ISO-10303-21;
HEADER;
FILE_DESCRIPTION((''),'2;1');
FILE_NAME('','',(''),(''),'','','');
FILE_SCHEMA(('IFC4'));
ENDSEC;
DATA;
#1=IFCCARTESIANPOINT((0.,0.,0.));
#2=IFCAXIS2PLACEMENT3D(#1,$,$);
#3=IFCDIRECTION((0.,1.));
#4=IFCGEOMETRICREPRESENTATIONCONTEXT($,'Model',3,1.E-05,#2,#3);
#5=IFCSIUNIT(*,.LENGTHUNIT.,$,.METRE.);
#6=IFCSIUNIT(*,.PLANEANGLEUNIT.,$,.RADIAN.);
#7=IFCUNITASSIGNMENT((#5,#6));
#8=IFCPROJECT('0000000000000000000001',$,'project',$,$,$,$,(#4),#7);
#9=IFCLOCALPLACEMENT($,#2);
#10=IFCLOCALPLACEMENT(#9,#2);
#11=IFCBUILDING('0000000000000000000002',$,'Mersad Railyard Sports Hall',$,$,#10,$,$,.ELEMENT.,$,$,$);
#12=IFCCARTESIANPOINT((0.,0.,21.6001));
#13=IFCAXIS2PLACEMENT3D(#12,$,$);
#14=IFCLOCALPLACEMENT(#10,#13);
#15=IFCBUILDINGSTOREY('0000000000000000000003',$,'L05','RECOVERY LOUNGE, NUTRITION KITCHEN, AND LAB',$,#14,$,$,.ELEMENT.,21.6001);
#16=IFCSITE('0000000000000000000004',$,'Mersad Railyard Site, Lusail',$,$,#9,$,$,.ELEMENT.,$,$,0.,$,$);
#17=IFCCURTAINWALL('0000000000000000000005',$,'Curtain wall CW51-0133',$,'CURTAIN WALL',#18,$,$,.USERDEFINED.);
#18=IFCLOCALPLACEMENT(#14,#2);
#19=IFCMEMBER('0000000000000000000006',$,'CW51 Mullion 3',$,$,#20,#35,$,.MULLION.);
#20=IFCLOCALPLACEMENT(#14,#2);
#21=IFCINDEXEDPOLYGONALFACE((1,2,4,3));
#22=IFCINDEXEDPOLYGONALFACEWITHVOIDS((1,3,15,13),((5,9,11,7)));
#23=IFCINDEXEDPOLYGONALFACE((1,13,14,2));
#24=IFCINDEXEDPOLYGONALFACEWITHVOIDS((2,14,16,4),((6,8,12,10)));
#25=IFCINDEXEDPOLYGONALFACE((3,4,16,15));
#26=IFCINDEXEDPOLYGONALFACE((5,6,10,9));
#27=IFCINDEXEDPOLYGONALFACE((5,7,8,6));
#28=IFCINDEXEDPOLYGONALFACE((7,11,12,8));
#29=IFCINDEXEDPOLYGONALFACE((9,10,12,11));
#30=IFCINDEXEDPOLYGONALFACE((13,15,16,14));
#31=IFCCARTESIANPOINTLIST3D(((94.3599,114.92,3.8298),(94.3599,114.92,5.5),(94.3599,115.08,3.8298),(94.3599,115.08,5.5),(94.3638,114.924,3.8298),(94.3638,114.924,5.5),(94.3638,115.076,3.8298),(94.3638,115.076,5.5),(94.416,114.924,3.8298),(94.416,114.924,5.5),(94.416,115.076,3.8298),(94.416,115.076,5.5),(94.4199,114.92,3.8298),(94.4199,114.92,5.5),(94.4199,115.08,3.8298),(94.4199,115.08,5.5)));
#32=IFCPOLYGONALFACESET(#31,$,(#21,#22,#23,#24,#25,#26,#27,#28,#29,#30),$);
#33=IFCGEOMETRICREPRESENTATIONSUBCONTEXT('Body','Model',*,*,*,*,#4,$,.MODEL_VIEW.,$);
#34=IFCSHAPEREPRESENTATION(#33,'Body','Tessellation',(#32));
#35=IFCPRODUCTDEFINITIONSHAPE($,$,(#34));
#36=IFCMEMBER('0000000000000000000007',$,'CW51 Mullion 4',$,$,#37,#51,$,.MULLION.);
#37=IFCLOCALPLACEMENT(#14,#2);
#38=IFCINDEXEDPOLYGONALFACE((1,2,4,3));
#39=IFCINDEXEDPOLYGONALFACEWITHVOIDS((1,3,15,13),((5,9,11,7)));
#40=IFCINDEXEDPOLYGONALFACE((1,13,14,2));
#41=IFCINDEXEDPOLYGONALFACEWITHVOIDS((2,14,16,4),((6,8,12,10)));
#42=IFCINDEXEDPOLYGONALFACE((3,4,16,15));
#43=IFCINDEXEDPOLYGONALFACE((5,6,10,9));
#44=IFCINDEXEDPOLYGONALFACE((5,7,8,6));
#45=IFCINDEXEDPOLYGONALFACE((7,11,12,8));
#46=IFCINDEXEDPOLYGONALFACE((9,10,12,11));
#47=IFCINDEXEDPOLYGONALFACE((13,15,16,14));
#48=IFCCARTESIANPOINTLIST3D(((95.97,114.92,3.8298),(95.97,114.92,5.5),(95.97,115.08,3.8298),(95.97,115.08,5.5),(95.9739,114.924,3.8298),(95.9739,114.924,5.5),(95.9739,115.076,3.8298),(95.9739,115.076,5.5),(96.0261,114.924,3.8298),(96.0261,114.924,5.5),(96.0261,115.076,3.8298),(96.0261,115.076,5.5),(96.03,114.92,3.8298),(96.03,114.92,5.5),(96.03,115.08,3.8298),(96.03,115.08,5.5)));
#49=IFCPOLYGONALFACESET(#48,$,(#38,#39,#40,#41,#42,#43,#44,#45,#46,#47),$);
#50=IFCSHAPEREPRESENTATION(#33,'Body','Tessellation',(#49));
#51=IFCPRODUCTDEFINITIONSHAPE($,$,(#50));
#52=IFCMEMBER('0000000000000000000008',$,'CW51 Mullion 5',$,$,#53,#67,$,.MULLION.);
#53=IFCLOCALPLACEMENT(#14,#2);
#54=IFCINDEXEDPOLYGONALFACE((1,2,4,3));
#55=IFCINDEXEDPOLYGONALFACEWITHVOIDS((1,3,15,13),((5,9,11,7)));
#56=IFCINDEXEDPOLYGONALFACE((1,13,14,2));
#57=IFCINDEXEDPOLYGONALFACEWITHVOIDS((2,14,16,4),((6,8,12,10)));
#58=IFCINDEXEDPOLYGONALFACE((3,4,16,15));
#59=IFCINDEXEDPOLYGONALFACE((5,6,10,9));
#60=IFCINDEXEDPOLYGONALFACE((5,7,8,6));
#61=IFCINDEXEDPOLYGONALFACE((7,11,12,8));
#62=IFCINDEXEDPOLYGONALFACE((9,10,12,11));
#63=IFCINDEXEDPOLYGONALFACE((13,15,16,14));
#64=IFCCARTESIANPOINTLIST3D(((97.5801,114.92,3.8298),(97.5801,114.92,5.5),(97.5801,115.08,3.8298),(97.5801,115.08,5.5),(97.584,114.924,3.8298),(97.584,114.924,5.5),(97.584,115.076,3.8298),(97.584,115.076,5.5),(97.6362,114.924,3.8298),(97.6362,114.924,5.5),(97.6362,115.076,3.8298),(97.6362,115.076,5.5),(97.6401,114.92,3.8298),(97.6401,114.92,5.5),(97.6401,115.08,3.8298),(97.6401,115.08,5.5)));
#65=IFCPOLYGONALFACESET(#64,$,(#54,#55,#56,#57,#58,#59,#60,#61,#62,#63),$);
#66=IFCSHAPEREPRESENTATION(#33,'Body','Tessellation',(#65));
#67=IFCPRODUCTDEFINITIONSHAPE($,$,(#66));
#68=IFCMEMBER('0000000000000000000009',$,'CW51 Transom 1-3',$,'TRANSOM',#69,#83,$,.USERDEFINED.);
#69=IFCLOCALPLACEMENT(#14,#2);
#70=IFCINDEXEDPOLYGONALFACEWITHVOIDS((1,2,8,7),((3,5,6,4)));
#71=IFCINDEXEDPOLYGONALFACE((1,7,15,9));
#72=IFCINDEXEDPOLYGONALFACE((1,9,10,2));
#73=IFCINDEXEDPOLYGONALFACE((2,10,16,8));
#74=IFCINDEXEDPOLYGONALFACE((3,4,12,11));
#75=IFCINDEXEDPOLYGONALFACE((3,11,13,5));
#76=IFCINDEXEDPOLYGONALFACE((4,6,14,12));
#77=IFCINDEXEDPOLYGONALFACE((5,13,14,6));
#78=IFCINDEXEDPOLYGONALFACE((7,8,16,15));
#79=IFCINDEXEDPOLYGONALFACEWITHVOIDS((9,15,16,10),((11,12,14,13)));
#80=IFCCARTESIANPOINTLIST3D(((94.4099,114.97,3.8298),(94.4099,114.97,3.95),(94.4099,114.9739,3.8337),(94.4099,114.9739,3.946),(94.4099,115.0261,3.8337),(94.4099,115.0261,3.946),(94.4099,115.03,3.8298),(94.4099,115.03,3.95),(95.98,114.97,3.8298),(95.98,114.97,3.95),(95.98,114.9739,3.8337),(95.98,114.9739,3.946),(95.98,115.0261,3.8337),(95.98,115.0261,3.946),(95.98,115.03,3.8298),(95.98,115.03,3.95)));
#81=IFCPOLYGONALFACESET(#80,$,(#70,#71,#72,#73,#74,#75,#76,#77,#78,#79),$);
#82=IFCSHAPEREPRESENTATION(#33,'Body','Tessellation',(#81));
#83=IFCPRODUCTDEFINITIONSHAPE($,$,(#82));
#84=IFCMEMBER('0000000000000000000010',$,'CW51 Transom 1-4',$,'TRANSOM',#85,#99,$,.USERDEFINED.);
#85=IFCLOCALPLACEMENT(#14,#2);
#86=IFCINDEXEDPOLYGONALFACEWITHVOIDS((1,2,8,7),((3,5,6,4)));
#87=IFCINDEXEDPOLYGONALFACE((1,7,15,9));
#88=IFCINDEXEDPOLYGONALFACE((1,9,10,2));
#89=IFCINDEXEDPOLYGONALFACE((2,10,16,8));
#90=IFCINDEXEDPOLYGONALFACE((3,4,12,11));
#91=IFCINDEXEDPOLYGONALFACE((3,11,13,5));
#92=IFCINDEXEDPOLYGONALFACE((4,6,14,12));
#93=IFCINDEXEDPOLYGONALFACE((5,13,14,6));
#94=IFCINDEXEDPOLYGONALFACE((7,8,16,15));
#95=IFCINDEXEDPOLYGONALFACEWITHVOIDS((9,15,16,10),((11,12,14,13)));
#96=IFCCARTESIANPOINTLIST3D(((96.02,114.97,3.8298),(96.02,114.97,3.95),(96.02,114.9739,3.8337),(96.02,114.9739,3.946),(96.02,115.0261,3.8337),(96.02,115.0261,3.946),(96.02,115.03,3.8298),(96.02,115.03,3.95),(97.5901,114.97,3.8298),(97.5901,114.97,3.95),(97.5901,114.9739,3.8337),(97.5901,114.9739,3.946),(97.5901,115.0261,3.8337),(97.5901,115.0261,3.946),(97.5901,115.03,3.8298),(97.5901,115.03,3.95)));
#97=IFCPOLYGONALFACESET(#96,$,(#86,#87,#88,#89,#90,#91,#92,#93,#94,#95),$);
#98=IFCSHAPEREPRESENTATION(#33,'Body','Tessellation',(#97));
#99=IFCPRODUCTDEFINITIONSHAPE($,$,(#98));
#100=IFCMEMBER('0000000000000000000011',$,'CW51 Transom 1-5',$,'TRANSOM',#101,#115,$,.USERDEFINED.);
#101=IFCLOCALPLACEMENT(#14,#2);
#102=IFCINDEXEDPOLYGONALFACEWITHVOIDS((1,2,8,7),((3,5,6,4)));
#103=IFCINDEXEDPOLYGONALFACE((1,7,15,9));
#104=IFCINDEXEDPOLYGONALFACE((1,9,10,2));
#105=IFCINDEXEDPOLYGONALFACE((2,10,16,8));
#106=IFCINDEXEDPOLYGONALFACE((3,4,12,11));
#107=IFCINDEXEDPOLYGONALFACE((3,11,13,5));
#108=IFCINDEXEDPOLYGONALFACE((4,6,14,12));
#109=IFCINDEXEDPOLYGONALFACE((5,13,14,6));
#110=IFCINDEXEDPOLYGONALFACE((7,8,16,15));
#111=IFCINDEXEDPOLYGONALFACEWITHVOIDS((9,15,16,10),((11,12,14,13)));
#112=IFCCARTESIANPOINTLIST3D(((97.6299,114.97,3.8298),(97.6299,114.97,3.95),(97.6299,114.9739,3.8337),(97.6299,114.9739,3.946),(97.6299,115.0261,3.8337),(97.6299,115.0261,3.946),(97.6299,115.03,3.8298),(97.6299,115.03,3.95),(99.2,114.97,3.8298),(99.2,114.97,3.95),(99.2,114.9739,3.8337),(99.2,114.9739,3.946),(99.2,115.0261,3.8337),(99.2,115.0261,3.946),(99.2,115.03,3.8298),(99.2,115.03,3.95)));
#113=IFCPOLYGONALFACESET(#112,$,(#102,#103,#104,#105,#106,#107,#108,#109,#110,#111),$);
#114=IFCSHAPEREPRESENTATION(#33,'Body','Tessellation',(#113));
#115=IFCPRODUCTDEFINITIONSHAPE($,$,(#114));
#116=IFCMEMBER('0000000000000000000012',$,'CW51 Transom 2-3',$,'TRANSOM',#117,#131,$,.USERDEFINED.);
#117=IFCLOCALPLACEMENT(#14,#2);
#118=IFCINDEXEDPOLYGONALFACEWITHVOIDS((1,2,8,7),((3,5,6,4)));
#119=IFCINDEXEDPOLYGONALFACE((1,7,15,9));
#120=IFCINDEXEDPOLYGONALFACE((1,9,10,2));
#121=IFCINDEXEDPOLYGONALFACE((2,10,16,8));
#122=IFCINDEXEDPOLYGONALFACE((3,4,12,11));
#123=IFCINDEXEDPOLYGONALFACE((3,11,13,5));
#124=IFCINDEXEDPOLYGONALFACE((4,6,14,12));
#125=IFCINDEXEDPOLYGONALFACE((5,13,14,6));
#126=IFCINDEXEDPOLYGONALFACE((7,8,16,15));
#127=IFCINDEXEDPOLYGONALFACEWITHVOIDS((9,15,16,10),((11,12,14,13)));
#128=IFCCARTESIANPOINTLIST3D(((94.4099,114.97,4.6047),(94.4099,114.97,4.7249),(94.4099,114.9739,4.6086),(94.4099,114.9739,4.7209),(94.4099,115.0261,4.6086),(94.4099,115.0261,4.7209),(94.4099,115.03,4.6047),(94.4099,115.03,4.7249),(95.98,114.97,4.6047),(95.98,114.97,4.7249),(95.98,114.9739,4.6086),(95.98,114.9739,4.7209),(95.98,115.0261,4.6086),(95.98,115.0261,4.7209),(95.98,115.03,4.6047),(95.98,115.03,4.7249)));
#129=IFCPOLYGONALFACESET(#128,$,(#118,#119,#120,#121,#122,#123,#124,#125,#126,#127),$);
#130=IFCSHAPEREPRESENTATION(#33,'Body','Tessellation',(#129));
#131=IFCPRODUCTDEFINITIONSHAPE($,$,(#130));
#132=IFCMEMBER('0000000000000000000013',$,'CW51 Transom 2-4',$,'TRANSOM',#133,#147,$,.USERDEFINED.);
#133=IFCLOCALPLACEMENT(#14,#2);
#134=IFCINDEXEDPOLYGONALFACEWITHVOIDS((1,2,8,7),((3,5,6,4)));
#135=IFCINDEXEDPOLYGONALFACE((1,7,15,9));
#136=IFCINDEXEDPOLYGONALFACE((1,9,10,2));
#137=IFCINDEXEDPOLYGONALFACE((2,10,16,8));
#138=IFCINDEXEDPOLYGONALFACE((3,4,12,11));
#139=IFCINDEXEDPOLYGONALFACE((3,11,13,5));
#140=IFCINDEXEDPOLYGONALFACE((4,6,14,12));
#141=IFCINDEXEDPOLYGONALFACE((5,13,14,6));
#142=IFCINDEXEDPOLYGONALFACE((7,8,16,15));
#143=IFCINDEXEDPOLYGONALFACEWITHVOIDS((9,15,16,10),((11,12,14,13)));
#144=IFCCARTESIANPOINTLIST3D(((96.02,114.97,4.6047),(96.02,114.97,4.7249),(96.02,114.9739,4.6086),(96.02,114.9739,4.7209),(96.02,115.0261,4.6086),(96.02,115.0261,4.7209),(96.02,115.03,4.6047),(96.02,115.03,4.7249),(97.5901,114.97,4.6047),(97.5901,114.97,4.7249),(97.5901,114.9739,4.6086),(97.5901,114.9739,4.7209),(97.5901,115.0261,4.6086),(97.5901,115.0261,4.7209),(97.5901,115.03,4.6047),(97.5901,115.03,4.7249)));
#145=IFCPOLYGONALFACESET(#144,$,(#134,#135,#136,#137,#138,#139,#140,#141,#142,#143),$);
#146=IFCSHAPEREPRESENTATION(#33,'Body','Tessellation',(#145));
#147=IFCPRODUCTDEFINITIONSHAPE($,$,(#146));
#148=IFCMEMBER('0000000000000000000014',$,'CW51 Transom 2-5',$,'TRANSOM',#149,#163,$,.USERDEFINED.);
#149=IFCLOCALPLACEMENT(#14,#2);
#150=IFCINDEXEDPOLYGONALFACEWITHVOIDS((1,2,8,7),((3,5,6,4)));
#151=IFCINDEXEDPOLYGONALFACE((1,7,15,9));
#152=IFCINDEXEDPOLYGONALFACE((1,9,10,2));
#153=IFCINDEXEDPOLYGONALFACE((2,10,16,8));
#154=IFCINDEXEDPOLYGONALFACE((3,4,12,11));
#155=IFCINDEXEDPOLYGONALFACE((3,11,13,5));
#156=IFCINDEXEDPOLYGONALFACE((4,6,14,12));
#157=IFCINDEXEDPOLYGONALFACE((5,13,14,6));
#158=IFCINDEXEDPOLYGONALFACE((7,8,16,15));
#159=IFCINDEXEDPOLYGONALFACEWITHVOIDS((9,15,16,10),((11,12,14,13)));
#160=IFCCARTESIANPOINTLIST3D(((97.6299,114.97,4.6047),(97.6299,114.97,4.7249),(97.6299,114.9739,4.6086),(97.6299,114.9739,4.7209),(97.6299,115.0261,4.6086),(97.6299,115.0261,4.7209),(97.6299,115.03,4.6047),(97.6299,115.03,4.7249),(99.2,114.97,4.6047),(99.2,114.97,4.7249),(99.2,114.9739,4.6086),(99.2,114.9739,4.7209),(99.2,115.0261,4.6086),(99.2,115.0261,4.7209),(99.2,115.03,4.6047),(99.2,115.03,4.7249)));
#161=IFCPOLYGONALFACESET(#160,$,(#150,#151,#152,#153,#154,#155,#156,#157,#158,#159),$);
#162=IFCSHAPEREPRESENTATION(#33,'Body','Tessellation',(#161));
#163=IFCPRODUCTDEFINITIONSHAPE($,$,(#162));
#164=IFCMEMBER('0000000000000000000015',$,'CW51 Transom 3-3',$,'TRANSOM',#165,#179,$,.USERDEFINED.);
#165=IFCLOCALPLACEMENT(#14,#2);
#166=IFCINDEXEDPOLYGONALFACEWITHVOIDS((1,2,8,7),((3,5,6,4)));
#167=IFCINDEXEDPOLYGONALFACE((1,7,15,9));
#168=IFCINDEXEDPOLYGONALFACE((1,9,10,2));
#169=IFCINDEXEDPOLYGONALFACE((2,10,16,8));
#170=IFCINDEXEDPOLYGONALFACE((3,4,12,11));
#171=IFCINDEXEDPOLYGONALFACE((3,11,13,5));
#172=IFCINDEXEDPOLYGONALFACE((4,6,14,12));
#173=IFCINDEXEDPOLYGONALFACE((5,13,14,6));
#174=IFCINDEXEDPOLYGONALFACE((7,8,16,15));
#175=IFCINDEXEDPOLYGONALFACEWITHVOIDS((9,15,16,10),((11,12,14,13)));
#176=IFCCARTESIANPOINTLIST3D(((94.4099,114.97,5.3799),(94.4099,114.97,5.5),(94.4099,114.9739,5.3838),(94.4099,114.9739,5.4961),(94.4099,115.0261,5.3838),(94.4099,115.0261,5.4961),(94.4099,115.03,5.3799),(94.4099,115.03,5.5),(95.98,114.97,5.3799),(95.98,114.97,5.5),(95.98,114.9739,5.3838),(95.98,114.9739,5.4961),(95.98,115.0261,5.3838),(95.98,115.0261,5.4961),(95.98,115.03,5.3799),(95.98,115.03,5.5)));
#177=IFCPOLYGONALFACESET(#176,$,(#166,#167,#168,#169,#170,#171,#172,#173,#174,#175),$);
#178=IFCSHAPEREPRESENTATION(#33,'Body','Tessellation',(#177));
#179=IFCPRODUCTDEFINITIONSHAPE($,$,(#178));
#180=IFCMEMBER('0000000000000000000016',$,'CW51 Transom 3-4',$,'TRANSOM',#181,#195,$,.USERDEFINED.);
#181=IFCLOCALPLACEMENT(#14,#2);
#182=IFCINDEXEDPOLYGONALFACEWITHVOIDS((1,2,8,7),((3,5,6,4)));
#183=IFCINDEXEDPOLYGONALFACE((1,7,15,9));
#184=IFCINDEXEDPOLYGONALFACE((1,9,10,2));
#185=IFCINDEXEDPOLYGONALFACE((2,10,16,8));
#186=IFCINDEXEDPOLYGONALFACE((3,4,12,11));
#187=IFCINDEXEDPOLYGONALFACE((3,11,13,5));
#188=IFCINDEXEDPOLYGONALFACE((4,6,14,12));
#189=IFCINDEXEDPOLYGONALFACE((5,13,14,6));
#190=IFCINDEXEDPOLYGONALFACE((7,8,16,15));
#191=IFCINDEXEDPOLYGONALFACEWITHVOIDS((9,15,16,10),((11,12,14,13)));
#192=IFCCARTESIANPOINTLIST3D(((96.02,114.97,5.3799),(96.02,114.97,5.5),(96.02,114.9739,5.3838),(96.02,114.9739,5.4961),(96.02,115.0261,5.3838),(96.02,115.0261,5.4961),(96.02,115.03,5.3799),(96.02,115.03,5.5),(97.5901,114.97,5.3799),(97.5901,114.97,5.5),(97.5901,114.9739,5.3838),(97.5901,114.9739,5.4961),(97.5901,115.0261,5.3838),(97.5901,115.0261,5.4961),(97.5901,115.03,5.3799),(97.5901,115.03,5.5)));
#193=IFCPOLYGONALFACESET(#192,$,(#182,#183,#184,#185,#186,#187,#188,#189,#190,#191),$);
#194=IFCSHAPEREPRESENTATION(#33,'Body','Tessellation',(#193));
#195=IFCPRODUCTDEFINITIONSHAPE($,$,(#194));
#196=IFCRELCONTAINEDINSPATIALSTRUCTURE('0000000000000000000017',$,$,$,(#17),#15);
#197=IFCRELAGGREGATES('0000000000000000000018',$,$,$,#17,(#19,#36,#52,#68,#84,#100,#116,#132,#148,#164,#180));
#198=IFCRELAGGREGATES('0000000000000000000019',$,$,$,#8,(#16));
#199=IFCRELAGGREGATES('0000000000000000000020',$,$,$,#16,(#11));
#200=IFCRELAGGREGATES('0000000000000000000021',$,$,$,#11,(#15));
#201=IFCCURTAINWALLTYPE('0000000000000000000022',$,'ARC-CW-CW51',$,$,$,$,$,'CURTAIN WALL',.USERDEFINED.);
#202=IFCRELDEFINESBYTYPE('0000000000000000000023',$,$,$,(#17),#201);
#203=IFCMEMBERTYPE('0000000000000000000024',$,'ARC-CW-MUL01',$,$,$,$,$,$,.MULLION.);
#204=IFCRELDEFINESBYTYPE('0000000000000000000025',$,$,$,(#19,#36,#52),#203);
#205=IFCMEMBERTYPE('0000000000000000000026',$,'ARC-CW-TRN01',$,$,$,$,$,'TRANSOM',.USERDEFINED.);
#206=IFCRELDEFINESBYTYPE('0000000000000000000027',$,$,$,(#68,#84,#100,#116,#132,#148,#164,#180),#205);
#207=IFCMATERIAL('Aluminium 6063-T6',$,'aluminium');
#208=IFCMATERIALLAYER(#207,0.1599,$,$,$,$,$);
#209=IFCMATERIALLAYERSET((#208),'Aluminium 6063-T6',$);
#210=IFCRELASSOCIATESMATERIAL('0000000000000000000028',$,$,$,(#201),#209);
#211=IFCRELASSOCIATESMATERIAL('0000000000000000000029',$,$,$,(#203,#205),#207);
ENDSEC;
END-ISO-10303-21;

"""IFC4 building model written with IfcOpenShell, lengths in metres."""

from ifc_helpers import new_model, si_unit, direction, frame, origin, origin_2d, place, context, subcontext, project, spatial, hollow_rectangle, extrude, material, layer, layer_set, material_profile, profile_set, type_object, element, aggregate, save


model = new_model("IFC4")

# Units and contexts
model_context = context("Model", 3, precision=1e-05, world=origin(), true_north=direction((0.0, 1.0)))
body_context = subcontext(model_context, "Body", "Model", "MODEL_VIEW")
ifc_project = project(units=[si_unit("LENGTHUNIT", "METRE"), si_unit("PLANEANGLEUNIT", "RADIAN")], contexts=[model_context])

# Site, building, storey
site_placement = place(None, origin())
site = spatial("IfcSite", under=ifc_project, at=site_placement, Name="Mersad Railyard Site, Lusail", CompositionType="ELEMENT", RefElevation=0.0)
building_placement = place(site_placement, origin())
building = spatial("IfcBuilding", under=site, at=building_placement, Name="Mersad Railyard Sports Hall", CompositionType="ELEMENT")
storey_placement = place(building_placement, frame((0.0, 0.0, 21.6001)))
storey = spatial("IfcBuildingStorey", under=building, at=storey_placement, Name="L05", Description="RECOVERY LOUNGE, NUTRITION KITCHEN, AND LAB", CompositionType="ELEMENT", Elevation=21.6001)

# Curtain wall, members
ifc_material_1 = material(Name="Aluminium 6063-T6", Category="aluminium")
ifc_layer_1 = layer(ifc_material_1, 0.1599)
ifc_layer_set_1 = layer_set([ifc_layer_1], Name="Aluminium 6063-T6")
curtain_wall_type = type_object("IfcCurtainWallType", Name="ARC-CW-CW51", ElementType="CURTAIN WALL", PredefinedType="USERDEFINED", material=ifc_layer_set_1)
curtain_wall_placement = place(storey_placement, origin())
curtain_wall = element("IfcCurtainWall", 1, at=curtain_wall_placement, inside=storey, type_object=curtain_wall_type, Name="Curtain wall CW51-0133", ObjectType="CURTAIN WALL", PredefinedType="USERDEFINED")
ifc_material_profile_1 = material_profile(ifc_material_1, hollow_rectangle(XDim=0.0601, YDim=0.1599, WallThickness=0.0039, at=origin_2d()), Name="AL MULLION 60x160x4")
ifc_profile_set_1 = profile_set([ifc_material_profile_1], Name="Aluminium 6063-T6")
member_type_1 = type_object("IfcMemberType", Name="ARC-CW-MUL01", PredefinedType="MULLION", material=ifc_profile_set_1)
member_1_placement = place(storey_placement, frame((94.3899, 115.0, 3.8298), z_axis=(0.0, 0.0, 1.0), x_axis=(1.0, 0.0, 0.0)))
member_1 = element("IfcMember", 2, at=member_1_placement, type_object=member_type_1, Name="CW51 Mullion 3", PredefinedType="MULLION", context=body_context, shape_type="SweptSolid", body=[
    extrude(hollow_rectangle(XDim=0.0601, YDim=0.1599, WallThickness=0.0039, at=origin_2d()), origin(), (0.0, 0.0, 1.0), 1.6702),
])
member_2_placement = place(storey_placement, frame((96.0, 115.0, 3.8298), z_axis=(0.0, 0.0, 1.0), x_axis=(1.0, 0.0, 0.0)))
member_2 = element("IfcMember", 3, at=member_2_placement, type_object=member_type_1, Name="CW51 Mullion 4", PredefinedType="MULLION", context=body_context, shape_type="SweptSolid", body=[
    extrude(hollow_rectangle(XDim=0.0601, YDim=0.1599, WallThickness=0.0039, at=origin_2d()), origin(), (0.0, 0.0, 1.0), 1.6702),
])
member_3_placement = place(storey_placement, frame((97.6101, 115.0, 3.8298), z_axis=(0.0, 0.0, 1.0), x_axis=(1.0, 0.0, 0.0)))
member_3 = element("IfcMember", 4, at=member_3_placement, type_object=member_type_1, Name="CW51 Mullion 5", PredefinedType="MULLION", context=body_context, shape_type="SweptSolid", body=[
    extrude(hollow_rectangle(XDim=0.0601, YDim=0.1599, WallThickness=0.0039, at=origin_2d()), origin(), (0.0, 0.0, 1.0), 1.6702),
])
ifc_material_profile_2 = material_profile(ifc_material_1, hollow_rectangle(XDim=0.0601, YDim=0.1201, WallThickness=0.0039, at=origin_2d()), Name="AL TRANSOM 60x120x4")
ifc_profile_set_2 = profile_set([ifc_material_profile_2], Name="Aluminium 6063-T6")
member_type_2 = type_object("IfcMemberType", Name="ARC-CW-TRN01", ElementType="TRANSOM", PredefinedType="USERDEFINED", material=ifc_profile_set_2)
member_4_placement = place(storey_placement, frame((94.4099, 115.0, 3.8899), z_axis=(1.0, 0.0, 0.0), x_axis=(0.0, 1.0, 0.0)))
member_4 = element("IfcMember", 5, at=member_4_placement, type_object=member_type_2, Name="CW51 Transom 1-3", ObjectType="TRANSOM", PredefinedType="USERDEFINED", context=body_context, shape_type="SweptSolid", body=[
    extrude(hollow_rectangle(XDim=0.0601, YDim=0.1201, WallThickness=0.0039, at=origin_2d()), origin(), (0.0, 0.0, 1.0), 1.5701),
])
member_5_placement = place(storey_placement, frame((96.02, 115.0, 3.8899), z_axis=(1.0, 0.0, 0.0), x_axis=(0.0, 1.0, 0.0)))
member_5 = element("IfcMember", 6, at=member_5_placement, type_object=member_type_2, Name="CW51 Transom 1-4", ObjectType="TRANSOM", PredefinedType="USERDEFINED", context=body_context, shape_type="SweptSolid", body=[
    extrude(hollow_rectangle(XDim=0.0601, YDim=0.1201, WallThickness=0.0039, at=origin_2d()), origin(), (0.0, 0.0, 1.0), 1.5701),
])
member_6_placement = place(storey_placement, frame((97.6299, 115.0, 3.8899), z_axis=(1.0, 0.0, 0.0), x_axis=(0.0, 1.0, 0.0)))
member_6 = element("IfcMember", 7, at=member_6_placement, type_object=member_type_2, Name="CW51 Transom 1-5", ObjectType="TRANSOM", PredefinedType="USERDEFINED", context=body_context, shape_type="SweptSolid", body=[
    extrude(hollow_rectangle(XDim=0.0601, YDim=0.1201, WallThickness=0.0039, at=origin_2d()), origin(), (0.0, 0.0, 1.0), 1.5701),
])
member_7_placement = place(storey_placement, frame((94.4099, 115.0, 4.6648), z_axis=(1.0, 0.0, 0.0), x_axis=(0.0, 1.0, 0.0)))
member_7 = element("IfcMember", 8, at=member_7_placement, type_object=member_type_2, Name="CW51 Transom 2-3", ObjectType="TRANSOM", PredefinedType="USERDEFINED", context=body_context, shape_type="SweptSolid", body=[
    extrude(hollow_rectangle(XDim=0.0601, YDim=0.1201, WallThickness=0.0039, at=origin_2d()), origin(), (0.0, 0.0, 1.0), 1.5701),
])
member_8_placement = place(storey_placement, frame((96.02, 115.0, 4.6648), z_axis=(1.0, 0.0, 0.0), x_axis=(0.0, 1.0, 0.0)))
member_8 = element("IfcMember", 9, at=member_8_placement, type_object=member_type_2, Name="CW51 Transom 2-4", ObjectType="TRANSOM", PredefinedType="USERDEFINED", context=body_context, shape_type="SweptSolid", body=[
    extrude(hollow_rectangle(XDim=0.0601, YDim=0.1201, WallThickness=0.0039, at=origin_2d()), origin(), (0.0, 0.0, 1.0), 1.5701),
])
member_9_placement = place(storey_placement, frame((97.6299, 115.0, 4.6648), z_axis=(1.0, 0.0, 0.0), x_axis=(0.0, 1.0, 0.0)))
member_9 = element("IfcMember", 10, at=member_9_placement, type_object=member_type_2, Name="CW51 Transom 2-5", ObjectType="TRANSOM", PredefinedType="USERDEFINED", context=body_context, shape_type="SweptSolid", body=[
    extrude(hollow_rectangle(XDim=0.0601, YDim=0.1201, WallThickness=0.0039, at=origin_2d()), origin(), (0.0, 0.0, 1.0), 1.5701),
])
member_10_placement = place(storey_placement, frame((94.4099, 115.0, 5.4399), z_axis=(1.0, 0.0, 0.0), x_axis=(0.0, 1.0, 0.0)))
member_10 = element("IfcMember", 11, at=member_10_placement, type_object=member_type_2, Name="CW51 Transom 3-3", ObjectType="TRANSOM", PredefinedType="USERDEFINED", context=body_context, shape_type="SweptSolid", body=[
    extrude(hollow_rectangle(XDim=0.0601, YDim=0.1201, WallThickness=0.0039, at=origin_2d()), origin(), (0.0, 0.0, 1.0), 1.5701),
])
member_11_placement = place(storey_placement, frame((96.02, 115.0, 5.4399), z_axis=(1.0, 0.0, 0.0), x_axis=(0.0, 1.0, 0.0)))
member_11 = element("IfcMember", 12, at=member_11_placement, type_object=member_type_2, Name="CW51 Transom 3-4", ObjectType="TRANSOM", PredefinedType="USERDEFINED", context=body_context, shape_type="SweptSolid", body=[
    extrude(hollow_rectangle(XDim=0.0601, YDim=0.1201, WallThickness=0.0039, at=origin_2d()), origin(), (0.0, 0.0, 1.0), 1.5701),
])
aggregate(curtain_wall, [member_1, member_2, member_3, member_4, member_5, member_6, member_7, member_8, member_9, member_10, member_11])

save(model, "model.ifc")
